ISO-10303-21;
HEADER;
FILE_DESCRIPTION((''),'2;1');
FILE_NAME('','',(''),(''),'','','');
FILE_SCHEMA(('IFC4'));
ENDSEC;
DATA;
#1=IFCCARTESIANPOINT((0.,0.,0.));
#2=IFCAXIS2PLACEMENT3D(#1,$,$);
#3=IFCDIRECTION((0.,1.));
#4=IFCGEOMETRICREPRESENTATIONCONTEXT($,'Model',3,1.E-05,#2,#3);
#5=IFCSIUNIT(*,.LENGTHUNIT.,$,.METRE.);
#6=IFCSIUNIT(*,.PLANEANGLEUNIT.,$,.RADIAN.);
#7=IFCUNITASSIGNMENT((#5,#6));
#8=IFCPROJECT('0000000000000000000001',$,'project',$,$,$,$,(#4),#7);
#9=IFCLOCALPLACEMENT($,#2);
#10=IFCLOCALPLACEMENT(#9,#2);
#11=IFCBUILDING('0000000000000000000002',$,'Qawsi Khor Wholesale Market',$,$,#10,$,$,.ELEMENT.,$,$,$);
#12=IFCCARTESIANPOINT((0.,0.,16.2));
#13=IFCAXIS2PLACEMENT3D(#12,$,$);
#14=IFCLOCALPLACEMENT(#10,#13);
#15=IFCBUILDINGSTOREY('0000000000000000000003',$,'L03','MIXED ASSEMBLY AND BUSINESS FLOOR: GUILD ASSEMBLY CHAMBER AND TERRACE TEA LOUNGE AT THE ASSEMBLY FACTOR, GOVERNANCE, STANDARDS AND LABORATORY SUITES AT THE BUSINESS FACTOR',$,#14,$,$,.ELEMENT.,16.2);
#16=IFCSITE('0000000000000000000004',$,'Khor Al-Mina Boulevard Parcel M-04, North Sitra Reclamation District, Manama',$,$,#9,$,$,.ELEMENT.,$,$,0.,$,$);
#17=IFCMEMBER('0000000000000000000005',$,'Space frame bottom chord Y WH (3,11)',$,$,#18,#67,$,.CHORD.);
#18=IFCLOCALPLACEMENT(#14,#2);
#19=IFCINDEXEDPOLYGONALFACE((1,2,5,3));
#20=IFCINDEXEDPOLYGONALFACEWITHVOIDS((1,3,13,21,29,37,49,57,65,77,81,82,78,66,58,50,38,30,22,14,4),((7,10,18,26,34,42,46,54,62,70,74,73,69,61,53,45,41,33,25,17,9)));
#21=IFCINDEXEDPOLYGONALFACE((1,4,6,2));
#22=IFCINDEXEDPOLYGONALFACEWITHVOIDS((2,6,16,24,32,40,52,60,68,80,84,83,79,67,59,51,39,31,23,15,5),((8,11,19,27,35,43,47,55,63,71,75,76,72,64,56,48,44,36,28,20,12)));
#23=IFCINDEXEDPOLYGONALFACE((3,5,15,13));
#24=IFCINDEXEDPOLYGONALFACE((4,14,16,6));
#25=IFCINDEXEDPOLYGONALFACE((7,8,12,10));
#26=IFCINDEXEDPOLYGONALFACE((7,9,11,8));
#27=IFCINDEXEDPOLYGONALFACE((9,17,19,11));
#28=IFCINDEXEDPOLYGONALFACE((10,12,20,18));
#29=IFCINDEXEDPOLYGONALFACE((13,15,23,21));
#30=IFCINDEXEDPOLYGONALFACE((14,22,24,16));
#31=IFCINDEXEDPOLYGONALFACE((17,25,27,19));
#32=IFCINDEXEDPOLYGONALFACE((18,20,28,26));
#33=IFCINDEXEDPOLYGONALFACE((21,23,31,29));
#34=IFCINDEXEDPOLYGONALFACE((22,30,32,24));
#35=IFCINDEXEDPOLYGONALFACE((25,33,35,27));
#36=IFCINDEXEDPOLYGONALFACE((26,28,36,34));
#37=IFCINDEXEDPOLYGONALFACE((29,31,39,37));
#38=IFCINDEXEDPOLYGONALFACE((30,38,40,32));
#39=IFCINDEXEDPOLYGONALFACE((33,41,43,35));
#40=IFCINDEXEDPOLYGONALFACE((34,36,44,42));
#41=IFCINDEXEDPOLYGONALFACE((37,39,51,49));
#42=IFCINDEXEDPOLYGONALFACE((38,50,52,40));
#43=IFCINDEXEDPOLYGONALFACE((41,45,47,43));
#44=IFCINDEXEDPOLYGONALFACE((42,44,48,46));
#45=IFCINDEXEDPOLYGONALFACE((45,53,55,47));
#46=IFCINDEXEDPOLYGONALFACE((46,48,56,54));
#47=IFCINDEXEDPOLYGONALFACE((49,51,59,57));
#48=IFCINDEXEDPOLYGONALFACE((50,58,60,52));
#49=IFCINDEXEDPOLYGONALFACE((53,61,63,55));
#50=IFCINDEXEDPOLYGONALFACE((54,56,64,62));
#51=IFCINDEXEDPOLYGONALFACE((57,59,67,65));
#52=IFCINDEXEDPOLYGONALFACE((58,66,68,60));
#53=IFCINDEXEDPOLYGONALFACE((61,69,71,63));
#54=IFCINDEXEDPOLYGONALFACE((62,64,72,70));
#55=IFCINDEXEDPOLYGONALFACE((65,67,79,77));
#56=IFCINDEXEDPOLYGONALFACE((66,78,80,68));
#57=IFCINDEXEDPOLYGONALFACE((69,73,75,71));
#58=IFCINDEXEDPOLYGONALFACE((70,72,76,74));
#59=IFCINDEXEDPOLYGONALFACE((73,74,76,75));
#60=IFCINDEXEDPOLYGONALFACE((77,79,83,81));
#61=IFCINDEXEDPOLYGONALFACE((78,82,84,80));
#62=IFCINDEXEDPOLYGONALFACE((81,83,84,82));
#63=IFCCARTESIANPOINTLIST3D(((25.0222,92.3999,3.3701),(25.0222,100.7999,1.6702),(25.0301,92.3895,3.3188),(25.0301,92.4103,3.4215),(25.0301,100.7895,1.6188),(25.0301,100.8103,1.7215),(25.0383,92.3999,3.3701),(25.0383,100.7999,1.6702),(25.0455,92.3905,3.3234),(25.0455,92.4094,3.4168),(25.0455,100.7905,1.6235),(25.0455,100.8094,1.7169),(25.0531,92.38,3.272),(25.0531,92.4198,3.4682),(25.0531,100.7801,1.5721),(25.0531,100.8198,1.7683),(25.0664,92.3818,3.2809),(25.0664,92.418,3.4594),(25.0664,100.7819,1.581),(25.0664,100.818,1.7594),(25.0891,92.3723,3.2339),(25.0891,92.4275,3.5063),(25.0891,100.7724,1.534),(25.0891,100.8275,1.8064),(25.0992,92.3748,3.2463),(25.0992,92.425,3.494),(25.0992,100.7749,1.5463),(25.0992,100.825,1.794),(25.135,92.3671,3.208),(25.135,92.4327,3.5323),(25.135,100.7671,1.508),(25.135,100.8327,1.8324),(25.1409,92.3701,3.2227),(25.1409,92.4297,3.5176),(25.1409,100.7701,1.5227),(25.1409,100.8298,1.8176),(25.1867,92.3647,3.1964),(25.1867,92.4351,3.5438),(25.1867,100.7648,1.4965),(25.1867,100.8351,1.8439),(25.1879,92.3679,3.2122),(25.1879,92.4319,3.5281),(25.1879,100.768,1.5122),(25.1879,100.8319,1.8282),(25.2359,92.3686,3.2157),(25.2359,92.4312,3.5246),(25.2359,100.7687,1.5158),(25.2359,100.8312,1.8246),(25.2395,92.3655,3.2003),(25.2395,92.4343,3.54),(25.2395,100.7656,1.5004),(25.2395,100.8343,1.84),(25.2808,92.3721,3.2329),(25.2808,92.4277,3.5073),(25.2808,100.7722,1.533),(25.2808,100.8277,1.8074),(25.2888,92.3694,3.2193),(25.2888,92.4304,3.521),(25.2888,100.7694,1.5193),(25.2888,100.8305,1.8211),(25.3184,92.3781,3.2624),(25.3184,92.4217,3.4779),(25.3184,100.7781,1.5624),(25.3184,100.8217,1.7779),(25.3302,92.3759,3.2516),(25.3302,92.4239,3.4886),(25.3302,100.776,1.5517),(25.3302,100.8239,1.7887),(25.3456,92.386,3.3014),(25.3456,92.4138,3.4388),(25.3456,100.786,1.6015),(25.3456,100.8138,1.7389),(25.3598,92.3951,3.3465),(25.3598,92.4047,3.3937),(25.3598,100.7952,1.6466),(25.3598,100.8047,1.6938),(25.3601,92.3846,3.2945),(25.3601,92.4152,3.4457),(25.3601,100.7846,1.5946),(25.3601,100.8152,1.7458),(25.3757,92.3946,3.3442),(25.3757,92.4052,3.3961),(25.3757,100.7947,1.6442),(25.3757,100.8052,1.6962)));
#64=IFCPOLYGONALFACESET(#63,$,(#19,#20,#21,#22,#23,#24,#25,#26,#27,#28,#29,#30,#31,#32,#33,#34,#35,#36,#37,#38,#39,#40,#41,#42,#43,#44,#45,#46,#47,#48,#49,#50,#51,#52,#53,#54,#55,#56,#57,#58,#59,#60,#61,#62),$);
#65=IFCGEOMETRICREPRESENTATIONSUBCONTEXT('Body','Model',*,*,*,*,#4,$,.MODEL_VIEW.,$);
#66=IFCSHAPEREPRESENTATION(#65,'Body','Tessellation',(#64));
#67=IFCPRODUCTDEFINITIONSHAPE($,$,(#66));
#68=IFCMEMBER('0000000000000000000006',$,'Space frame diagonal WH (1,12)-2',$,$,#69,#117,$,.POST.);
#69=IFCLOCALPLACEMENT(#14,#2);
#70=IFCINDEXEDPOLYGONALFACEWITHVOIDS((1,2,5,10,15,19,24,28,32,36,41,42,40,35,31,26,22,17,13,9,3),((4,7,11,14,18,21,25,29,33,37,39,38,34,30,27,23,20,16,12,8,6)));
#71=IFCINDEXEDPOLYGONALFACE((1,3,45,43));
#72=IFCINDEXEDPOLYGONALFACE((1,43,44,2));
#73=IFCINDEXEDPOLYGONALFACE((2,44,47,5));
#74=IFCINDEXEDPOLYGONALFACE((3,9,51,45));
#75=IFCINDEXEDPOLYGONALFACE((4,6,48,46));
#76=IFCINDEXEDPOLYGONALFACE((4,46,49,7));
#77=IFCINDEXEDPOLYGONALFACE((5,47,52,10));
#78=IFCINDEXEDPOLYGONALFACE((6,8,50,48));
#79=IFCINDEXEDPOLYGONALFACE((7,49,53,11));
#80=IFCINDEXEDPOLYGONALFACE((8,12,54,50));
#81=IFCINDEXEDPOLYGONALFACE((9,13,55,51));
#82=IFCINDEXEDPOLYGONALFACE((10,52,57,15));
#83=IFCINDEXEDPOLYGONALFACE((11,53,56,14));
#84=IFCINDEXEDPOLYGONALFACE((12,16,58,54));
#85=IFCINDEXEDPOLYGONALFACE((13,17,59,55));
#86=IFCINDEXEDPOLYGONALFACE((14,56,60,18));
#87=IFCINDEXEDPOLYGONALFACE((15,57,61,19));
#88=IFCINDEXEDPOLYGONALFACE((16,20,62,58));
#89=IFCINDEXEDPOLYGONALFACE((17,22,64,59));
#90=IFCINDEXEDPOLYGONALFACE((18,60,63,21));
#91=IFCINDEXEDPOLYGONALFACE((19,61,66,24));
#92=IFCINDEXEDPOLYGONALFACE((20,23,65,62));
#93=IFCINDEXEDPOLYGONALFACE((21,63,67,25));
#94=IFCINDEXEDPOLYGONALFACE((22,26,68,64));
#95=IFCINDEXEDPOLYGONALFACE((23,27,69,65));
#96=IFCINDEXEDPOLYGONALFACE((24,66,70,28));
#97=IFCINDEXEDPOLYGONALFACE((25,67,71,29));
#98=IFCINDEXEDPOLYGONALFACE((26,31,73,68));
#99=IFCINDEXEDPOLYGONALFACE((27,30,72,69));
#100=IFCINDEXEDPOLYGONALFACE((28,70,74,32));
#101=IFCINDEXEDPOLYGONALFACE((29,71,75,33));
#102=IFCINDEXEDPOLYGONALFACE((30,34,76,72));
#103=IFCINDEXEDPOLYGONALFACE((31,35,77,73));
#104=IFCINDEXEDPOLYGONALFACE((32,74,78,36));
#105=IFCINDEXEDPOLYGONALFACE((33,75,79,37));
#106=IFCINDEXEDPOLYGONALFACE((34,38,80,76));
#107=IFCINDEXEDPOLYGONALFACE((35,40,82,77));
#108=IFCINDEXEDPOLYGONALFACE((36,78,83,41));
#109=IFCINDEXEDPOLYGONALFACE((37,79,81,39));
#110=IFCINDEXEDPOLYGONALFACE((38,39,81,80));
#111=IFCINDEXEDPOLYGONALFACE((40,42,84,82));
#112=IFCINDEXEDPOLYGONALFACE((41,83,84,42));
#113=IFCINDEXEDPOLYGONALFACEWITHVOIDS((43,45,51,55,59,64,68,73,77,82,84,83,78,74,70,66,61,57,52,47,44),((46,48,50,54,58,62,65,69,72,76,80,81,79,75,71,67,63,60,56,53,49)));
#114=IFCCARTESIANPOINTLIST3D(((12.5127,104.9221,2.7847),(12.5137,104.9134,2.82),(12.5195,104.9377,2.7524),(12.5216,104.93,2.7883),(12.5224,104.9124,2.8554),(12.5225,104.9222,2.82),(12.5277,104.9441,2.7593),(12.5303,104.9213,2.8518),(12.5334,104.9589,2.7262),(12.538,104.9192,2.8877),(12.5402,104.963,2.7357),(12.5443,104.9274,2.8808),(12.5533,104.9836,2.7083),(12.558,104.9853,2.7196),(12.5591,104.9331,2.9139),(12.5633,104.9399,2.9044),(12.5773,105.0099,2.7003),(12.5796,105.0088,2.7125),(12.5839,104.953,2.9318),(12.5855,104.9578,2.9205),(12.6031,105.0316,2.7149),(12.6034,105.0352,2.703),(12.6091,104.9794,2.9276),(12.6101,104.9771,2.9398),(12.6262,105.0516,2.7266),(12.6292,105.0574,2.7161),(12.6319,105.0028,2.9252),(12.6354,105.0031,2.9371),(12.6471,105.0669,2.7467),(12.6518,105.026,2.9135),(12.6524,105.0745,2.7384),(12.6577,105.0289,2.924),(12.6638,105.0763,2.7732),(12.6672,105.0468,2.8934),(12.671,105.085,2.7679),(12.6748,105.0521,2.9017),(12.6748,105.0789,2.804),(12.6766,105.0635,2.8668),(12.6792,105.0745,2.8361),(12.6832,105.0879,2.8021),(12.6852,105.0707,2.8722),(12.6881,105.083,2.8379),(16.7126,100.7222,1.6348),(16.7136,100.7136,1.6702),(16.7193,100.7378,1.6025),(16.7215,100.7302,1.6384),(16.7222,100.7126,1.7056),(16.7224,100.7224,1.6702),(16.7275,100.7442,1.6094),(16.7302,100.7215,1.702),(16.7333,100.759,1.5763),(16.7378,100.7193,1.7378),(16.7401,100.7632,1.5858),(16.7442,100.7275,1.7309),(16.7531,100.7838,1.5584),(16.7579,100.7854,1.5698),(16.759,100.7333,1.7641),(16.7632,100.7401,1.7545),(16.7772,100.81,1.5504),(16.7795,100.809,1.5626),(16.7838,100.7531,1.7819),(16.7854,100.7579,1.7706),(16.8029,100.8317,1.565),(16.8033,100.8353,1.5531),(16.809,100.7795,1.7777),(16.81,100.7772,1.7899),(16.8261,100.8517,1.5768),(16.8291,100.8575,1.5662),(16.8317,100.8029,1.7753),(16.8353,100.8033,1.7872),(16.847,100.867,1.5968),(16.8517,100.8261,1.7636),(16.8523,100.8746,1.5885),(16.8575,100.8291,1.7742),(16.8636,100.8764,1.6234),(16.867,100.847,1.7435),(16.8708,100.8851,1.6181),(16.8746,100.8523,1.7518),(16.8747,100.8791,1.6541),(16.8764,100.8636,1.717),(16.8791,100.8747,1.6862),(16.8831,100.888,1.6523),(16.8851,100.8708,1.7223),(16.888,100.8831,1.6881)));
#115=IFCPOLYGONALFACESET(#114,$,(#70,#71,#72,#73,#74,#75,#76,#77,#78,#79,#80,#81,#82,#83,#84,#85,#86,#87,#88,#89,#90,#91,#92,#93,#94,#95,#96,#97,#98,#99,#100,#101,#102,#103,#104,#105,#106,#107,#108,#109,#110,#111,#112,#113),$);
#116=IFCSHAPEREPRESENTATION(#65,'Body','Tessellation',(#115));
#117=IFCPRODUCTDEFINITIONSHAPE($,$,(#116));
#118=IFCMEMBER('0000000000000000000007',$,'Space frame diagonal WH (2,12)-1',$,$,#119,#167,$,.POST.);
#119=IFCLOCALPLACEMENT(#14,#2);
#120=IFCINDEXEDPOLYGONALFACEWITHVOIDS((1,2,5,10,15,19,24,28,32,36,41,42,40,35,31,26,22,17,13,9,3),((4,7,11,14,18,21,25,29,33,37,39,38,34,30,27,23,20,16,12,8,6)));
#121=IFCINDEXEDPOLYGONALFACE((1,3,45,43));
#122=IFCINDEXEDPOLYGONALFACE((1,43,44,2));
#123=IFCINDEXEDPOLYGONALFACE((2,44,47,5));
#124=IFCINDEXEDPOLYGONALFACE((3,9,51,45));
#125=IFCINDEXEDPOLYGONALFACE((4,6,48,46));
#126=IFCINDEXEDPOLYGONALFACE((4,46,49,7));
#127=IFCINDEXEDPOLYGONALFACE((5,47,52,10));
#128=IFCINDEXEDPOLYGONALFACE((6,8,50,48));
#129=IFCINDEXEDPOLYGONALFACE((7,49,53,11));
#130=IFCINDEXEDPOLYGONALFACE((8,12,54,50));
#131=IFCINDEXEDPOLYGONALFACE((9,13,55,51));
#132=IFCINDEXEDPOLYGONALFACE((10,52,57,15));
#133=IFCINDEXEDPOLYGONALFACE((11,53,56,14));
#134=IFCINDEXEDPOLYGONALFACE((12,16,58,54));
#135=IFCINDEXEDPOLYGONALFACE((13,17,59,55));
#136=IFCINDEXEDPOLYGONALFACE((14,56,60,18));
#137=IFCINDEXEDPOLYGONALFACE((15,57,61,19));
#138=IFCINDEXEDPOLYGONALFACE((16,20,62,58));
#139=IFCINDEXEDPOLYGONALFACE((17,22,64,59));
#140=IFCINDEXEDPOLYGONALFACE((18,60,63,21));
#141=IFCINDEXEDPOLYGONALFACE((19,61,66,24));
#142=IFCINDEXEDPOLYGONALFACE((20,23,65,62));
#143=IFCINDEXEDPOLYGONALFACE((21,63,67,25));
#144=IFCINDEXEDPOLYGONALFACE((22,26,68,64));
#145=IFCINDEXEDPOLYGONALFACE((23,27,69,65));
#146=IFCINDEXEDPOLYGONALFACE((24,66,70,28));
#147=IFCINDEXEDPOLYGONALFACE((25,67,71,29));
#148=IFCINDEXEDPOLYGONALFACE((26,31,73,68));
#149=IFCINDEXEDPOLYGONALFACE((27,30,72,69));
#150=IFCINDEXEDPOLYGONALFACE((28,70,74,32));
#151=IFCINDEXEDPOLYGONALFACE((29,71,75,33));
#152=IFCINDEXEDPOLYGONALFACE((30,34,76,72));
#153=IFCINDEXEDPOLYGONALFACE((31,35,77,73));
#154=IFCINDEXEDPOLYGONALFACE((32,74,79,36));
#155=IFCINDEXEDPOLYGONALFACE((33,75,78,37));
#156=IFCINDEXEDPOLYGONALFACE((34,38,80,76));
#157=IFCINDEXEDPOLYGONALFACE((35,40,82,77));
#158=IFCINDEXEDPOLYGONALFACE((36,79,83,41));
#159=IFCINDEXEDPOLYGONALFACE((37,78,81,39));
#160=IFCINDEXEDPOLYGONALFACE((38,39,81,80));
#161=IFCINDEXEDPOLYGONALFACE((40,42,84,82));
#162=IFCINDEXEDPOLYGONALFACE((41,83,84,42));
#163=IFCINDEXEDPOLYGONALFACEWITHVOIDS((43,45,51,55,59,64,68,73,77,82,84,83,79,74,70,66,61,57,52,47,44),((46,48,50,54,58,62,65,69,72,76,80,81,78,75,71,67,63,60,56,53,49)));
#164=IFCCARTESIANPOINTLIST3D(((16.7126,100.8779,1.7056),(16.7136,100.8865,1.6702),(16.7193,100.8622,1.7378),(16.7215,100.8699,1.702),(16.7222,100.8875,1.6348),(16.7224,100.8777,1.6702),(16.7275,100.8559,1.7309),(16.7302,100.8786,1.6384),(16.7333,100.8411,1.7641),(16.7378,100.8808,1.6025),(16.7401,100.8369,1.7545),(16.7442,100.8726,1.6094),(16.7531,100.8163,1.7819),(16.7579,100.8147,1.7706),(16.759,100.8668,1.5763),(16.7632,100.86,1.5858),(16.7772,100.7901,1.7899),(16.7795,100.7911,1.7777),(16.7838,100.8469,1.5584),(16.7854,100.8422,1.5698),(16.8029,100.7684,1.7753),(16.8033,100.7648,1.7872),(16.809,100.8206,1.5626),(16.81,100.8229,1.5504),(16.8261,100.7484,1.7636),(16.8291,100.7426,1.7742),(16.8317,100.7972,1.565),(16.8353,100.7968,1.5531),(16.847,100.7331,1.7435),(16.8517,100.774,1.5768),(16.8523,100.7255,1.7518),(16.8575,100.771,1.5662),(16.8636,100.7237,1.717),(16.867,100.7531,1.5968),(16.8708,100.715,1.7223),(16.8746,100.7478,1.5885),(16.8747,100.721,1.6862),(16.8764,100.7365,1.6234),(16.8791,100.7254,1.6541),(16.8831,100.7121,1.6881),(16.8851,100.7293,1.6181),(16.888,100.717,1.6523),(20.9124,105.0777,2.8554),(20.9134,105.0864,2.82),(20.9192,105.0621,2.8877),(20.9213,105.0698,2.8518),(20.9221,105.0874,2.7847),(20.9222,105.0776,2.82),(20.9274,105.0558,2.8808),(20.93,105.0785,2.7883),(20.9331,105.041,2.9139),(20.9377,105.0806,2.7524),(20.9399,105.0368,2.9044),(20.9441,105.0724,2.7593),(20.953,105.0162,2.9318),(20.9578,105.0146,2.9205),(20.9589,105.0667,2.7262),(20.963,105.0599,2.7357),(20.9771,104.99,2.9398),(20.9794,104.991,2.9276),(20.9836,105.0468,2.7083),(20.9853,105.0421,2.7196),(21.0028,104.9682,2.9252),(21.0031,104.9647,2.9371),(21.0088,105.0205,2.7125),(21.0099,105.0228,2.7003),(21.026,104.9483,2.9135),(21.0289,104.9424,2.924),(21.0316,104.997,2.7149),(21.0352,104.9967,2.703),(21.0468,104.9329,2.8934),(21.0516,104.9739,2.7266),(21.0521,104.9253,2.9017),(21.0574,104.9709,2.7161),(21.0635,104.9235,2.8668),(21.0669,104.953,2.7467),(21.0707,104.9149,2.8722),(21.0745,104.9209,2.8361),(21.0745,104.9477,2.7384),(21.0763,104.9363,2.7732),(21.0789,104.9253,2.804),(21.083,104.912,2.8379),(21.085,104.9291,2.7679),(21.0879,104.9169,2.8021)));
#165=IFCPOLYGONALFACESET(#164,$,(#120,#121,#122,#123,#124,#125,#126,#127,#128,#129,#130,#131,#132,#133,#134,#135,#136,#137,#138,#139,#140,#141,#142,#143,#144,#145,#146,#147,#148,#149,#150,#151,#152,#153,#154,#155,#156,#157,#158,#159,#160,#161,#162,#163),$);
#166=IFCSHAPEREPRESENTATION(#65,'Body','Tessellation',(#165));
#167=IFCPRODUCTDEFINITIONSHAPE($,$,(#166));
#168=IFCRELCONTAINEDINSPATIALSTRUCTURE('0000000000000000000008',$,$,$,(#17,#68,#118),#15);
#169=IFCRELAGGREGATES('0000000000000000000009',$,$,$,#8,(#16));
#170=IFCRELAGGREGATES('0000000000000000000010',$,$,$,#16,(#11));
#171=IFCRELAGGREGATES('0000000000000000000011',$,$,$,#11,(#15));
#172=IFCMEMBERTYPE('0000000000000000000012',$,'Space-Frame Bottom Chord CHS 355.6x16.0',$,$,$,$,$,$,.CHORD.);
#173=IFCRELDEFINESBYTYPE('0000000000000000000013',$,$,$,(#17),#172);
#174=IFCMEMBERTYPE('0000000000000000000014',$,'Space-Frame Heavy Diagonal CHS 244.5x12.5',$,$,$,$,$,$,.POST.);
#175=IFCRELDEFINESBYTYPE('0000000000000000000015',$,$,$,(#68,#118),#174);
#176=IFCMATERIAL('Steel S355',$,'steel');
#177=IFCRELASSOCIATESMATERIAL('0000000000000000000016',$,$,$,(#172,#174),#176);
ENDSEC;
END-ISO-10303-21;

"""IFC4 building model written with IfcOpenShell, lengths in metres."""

from ifc_helpers import new_model, si_unit, direction, frame, origin, origin_2d, place, context, subcontext, project, spatial, hollow_circle, extrude, material, material_profile, profile_set, type_object, element, save


model = new_model("IFC4")

# Units and contexts
model_context = context("Model", 3, precision=1e-05, world=origin(), true_north=direction((0.0, 1.0)))
body_context = subcontext(model_context, "Body", "Model", "MODEL_VIEW")
ifc_project = project(units=[si_unit("LENGTHUNIT", "METRE"), si_unit("PLANEANGLEUNIT", "RADIAN")], contexts=[model_context])

# Site, building, storey
site_placement = place(None, origin())
site = spatial("IfcSite", under=ifc_project, at=site_placement, Name="Khor Al-Mina Boulevard Parcel M-04, North Sitra Reclamation District, Manama", CompositionType="ELEMENT", RefElevation=0.0)
building_placement = place(site_placement, origin())
building = spatial("IfcBuilding", under=site, at=building_placement, Name="Qawsi Khor Wholesale Market", CompositionType="ELEMENT")
storey_placement = place(building_placement, frame((0.0, 0.0, 16.2)))
storey = spatial("IfcBuildingStorey", under=building, at=storey_placement, Name="L03", Description="MIXED ASSEMBLY AND BUSINESS FLOOR: GUILD ASSEMBLY CHAMBER AND TERRACE TEA LOUNGE AT THE ASSEMBLY FACTOR, GOVERNANCE, STANDARDS AND LABORATORY SUITES AT THE BUSINESS FACTOR", CompositionType="ELEMENT", Elevation=16.2)

# Members
ifc_material_1 = material(Name="Steel S355", Category="steel")
ifc_material_profile_1 = material_profile(ifc_material_1, hollow_circle(Radius=0.1777, WallThickness=0.0161, at=origin_2d()), Name="CHS 355.6x16.0")
ifc_profile_set_1 = profile_set([ifc_material_profile_1], Name="Steel S355")
member_type_1 = type_object("IfcMemberType", Name="Space-Frame Bottom Chord CHS 355.6x16.0", PredefinedType="CHORD", material=ifc_profile_set_1)
member_1_placement = place(storey_placement, frame((25.2, 92.3999, 3.3701), z_axis=(0.0, 0.980131, -0.198351), x_axis=(-1.0, 0.0, 0.0)))
element("IfcMember", 1, at=member_1_placement, inside=storey, type_object=member_type_1, Name="Space frame bottom chord Y WH (3,11)", PredefinedType="CHORD", context=body_context, shape_type="SweptSolid", body=[
    extrude(hollow_circle(Radius=0.1777, WallThickness=0.0161, at=origin_2d()), origin(), (0.0, 0.0, 1.0), 8.5703),
])
ifc_material_profile_2 = material_profile(ifc_material_1, hollow_circle(Radius=0.1223, WallThickness=0.0125, at=origin_2d()), Name="CHS 244.5x12.5")
ifc_profile_set_2 = profile_set([ifc_material_profile_2], Name="Steel S355")
member_type_2 = type_object("IfcMemberType", Name="Space-Frame Heavy Diagonal CHS 244.5x12.5", PredefinedType="POST", material=ifc_profile_set_2)
for number, where, z_axis, x_axis, name in (
    (2, (16.8, 100.8, 1.6702), (-0.694217, 0.694217, 0.190069), (-0.707107, -0.707107, 0.0), "Space frame diagonal WH (1,12)-2"),
    (3, (16.8, 100.8, 1.6702), (0.694217, 0.694217, 0.190069), (-0.707107, 0.707107, 0.0), "Space frame diagonal WH (2,12)-1"),
):
    element("IfcMember", number, at=place(storey_placement, frame(where, z_axis=z_axis, x_axis=x_axis)), inside=storey, type_object=member_type_2, Name=name, PredefinedType="POST", context=body_context, shape_type="SweptSolid", body=[
        extrude(hollow_circle(Radius=0.1223, WallThickness=0.0125, at=origin_2d()), origin(), (0.0, 0.0, 1.0), 6.0498),
    ])

save(model, "model.ifc")
